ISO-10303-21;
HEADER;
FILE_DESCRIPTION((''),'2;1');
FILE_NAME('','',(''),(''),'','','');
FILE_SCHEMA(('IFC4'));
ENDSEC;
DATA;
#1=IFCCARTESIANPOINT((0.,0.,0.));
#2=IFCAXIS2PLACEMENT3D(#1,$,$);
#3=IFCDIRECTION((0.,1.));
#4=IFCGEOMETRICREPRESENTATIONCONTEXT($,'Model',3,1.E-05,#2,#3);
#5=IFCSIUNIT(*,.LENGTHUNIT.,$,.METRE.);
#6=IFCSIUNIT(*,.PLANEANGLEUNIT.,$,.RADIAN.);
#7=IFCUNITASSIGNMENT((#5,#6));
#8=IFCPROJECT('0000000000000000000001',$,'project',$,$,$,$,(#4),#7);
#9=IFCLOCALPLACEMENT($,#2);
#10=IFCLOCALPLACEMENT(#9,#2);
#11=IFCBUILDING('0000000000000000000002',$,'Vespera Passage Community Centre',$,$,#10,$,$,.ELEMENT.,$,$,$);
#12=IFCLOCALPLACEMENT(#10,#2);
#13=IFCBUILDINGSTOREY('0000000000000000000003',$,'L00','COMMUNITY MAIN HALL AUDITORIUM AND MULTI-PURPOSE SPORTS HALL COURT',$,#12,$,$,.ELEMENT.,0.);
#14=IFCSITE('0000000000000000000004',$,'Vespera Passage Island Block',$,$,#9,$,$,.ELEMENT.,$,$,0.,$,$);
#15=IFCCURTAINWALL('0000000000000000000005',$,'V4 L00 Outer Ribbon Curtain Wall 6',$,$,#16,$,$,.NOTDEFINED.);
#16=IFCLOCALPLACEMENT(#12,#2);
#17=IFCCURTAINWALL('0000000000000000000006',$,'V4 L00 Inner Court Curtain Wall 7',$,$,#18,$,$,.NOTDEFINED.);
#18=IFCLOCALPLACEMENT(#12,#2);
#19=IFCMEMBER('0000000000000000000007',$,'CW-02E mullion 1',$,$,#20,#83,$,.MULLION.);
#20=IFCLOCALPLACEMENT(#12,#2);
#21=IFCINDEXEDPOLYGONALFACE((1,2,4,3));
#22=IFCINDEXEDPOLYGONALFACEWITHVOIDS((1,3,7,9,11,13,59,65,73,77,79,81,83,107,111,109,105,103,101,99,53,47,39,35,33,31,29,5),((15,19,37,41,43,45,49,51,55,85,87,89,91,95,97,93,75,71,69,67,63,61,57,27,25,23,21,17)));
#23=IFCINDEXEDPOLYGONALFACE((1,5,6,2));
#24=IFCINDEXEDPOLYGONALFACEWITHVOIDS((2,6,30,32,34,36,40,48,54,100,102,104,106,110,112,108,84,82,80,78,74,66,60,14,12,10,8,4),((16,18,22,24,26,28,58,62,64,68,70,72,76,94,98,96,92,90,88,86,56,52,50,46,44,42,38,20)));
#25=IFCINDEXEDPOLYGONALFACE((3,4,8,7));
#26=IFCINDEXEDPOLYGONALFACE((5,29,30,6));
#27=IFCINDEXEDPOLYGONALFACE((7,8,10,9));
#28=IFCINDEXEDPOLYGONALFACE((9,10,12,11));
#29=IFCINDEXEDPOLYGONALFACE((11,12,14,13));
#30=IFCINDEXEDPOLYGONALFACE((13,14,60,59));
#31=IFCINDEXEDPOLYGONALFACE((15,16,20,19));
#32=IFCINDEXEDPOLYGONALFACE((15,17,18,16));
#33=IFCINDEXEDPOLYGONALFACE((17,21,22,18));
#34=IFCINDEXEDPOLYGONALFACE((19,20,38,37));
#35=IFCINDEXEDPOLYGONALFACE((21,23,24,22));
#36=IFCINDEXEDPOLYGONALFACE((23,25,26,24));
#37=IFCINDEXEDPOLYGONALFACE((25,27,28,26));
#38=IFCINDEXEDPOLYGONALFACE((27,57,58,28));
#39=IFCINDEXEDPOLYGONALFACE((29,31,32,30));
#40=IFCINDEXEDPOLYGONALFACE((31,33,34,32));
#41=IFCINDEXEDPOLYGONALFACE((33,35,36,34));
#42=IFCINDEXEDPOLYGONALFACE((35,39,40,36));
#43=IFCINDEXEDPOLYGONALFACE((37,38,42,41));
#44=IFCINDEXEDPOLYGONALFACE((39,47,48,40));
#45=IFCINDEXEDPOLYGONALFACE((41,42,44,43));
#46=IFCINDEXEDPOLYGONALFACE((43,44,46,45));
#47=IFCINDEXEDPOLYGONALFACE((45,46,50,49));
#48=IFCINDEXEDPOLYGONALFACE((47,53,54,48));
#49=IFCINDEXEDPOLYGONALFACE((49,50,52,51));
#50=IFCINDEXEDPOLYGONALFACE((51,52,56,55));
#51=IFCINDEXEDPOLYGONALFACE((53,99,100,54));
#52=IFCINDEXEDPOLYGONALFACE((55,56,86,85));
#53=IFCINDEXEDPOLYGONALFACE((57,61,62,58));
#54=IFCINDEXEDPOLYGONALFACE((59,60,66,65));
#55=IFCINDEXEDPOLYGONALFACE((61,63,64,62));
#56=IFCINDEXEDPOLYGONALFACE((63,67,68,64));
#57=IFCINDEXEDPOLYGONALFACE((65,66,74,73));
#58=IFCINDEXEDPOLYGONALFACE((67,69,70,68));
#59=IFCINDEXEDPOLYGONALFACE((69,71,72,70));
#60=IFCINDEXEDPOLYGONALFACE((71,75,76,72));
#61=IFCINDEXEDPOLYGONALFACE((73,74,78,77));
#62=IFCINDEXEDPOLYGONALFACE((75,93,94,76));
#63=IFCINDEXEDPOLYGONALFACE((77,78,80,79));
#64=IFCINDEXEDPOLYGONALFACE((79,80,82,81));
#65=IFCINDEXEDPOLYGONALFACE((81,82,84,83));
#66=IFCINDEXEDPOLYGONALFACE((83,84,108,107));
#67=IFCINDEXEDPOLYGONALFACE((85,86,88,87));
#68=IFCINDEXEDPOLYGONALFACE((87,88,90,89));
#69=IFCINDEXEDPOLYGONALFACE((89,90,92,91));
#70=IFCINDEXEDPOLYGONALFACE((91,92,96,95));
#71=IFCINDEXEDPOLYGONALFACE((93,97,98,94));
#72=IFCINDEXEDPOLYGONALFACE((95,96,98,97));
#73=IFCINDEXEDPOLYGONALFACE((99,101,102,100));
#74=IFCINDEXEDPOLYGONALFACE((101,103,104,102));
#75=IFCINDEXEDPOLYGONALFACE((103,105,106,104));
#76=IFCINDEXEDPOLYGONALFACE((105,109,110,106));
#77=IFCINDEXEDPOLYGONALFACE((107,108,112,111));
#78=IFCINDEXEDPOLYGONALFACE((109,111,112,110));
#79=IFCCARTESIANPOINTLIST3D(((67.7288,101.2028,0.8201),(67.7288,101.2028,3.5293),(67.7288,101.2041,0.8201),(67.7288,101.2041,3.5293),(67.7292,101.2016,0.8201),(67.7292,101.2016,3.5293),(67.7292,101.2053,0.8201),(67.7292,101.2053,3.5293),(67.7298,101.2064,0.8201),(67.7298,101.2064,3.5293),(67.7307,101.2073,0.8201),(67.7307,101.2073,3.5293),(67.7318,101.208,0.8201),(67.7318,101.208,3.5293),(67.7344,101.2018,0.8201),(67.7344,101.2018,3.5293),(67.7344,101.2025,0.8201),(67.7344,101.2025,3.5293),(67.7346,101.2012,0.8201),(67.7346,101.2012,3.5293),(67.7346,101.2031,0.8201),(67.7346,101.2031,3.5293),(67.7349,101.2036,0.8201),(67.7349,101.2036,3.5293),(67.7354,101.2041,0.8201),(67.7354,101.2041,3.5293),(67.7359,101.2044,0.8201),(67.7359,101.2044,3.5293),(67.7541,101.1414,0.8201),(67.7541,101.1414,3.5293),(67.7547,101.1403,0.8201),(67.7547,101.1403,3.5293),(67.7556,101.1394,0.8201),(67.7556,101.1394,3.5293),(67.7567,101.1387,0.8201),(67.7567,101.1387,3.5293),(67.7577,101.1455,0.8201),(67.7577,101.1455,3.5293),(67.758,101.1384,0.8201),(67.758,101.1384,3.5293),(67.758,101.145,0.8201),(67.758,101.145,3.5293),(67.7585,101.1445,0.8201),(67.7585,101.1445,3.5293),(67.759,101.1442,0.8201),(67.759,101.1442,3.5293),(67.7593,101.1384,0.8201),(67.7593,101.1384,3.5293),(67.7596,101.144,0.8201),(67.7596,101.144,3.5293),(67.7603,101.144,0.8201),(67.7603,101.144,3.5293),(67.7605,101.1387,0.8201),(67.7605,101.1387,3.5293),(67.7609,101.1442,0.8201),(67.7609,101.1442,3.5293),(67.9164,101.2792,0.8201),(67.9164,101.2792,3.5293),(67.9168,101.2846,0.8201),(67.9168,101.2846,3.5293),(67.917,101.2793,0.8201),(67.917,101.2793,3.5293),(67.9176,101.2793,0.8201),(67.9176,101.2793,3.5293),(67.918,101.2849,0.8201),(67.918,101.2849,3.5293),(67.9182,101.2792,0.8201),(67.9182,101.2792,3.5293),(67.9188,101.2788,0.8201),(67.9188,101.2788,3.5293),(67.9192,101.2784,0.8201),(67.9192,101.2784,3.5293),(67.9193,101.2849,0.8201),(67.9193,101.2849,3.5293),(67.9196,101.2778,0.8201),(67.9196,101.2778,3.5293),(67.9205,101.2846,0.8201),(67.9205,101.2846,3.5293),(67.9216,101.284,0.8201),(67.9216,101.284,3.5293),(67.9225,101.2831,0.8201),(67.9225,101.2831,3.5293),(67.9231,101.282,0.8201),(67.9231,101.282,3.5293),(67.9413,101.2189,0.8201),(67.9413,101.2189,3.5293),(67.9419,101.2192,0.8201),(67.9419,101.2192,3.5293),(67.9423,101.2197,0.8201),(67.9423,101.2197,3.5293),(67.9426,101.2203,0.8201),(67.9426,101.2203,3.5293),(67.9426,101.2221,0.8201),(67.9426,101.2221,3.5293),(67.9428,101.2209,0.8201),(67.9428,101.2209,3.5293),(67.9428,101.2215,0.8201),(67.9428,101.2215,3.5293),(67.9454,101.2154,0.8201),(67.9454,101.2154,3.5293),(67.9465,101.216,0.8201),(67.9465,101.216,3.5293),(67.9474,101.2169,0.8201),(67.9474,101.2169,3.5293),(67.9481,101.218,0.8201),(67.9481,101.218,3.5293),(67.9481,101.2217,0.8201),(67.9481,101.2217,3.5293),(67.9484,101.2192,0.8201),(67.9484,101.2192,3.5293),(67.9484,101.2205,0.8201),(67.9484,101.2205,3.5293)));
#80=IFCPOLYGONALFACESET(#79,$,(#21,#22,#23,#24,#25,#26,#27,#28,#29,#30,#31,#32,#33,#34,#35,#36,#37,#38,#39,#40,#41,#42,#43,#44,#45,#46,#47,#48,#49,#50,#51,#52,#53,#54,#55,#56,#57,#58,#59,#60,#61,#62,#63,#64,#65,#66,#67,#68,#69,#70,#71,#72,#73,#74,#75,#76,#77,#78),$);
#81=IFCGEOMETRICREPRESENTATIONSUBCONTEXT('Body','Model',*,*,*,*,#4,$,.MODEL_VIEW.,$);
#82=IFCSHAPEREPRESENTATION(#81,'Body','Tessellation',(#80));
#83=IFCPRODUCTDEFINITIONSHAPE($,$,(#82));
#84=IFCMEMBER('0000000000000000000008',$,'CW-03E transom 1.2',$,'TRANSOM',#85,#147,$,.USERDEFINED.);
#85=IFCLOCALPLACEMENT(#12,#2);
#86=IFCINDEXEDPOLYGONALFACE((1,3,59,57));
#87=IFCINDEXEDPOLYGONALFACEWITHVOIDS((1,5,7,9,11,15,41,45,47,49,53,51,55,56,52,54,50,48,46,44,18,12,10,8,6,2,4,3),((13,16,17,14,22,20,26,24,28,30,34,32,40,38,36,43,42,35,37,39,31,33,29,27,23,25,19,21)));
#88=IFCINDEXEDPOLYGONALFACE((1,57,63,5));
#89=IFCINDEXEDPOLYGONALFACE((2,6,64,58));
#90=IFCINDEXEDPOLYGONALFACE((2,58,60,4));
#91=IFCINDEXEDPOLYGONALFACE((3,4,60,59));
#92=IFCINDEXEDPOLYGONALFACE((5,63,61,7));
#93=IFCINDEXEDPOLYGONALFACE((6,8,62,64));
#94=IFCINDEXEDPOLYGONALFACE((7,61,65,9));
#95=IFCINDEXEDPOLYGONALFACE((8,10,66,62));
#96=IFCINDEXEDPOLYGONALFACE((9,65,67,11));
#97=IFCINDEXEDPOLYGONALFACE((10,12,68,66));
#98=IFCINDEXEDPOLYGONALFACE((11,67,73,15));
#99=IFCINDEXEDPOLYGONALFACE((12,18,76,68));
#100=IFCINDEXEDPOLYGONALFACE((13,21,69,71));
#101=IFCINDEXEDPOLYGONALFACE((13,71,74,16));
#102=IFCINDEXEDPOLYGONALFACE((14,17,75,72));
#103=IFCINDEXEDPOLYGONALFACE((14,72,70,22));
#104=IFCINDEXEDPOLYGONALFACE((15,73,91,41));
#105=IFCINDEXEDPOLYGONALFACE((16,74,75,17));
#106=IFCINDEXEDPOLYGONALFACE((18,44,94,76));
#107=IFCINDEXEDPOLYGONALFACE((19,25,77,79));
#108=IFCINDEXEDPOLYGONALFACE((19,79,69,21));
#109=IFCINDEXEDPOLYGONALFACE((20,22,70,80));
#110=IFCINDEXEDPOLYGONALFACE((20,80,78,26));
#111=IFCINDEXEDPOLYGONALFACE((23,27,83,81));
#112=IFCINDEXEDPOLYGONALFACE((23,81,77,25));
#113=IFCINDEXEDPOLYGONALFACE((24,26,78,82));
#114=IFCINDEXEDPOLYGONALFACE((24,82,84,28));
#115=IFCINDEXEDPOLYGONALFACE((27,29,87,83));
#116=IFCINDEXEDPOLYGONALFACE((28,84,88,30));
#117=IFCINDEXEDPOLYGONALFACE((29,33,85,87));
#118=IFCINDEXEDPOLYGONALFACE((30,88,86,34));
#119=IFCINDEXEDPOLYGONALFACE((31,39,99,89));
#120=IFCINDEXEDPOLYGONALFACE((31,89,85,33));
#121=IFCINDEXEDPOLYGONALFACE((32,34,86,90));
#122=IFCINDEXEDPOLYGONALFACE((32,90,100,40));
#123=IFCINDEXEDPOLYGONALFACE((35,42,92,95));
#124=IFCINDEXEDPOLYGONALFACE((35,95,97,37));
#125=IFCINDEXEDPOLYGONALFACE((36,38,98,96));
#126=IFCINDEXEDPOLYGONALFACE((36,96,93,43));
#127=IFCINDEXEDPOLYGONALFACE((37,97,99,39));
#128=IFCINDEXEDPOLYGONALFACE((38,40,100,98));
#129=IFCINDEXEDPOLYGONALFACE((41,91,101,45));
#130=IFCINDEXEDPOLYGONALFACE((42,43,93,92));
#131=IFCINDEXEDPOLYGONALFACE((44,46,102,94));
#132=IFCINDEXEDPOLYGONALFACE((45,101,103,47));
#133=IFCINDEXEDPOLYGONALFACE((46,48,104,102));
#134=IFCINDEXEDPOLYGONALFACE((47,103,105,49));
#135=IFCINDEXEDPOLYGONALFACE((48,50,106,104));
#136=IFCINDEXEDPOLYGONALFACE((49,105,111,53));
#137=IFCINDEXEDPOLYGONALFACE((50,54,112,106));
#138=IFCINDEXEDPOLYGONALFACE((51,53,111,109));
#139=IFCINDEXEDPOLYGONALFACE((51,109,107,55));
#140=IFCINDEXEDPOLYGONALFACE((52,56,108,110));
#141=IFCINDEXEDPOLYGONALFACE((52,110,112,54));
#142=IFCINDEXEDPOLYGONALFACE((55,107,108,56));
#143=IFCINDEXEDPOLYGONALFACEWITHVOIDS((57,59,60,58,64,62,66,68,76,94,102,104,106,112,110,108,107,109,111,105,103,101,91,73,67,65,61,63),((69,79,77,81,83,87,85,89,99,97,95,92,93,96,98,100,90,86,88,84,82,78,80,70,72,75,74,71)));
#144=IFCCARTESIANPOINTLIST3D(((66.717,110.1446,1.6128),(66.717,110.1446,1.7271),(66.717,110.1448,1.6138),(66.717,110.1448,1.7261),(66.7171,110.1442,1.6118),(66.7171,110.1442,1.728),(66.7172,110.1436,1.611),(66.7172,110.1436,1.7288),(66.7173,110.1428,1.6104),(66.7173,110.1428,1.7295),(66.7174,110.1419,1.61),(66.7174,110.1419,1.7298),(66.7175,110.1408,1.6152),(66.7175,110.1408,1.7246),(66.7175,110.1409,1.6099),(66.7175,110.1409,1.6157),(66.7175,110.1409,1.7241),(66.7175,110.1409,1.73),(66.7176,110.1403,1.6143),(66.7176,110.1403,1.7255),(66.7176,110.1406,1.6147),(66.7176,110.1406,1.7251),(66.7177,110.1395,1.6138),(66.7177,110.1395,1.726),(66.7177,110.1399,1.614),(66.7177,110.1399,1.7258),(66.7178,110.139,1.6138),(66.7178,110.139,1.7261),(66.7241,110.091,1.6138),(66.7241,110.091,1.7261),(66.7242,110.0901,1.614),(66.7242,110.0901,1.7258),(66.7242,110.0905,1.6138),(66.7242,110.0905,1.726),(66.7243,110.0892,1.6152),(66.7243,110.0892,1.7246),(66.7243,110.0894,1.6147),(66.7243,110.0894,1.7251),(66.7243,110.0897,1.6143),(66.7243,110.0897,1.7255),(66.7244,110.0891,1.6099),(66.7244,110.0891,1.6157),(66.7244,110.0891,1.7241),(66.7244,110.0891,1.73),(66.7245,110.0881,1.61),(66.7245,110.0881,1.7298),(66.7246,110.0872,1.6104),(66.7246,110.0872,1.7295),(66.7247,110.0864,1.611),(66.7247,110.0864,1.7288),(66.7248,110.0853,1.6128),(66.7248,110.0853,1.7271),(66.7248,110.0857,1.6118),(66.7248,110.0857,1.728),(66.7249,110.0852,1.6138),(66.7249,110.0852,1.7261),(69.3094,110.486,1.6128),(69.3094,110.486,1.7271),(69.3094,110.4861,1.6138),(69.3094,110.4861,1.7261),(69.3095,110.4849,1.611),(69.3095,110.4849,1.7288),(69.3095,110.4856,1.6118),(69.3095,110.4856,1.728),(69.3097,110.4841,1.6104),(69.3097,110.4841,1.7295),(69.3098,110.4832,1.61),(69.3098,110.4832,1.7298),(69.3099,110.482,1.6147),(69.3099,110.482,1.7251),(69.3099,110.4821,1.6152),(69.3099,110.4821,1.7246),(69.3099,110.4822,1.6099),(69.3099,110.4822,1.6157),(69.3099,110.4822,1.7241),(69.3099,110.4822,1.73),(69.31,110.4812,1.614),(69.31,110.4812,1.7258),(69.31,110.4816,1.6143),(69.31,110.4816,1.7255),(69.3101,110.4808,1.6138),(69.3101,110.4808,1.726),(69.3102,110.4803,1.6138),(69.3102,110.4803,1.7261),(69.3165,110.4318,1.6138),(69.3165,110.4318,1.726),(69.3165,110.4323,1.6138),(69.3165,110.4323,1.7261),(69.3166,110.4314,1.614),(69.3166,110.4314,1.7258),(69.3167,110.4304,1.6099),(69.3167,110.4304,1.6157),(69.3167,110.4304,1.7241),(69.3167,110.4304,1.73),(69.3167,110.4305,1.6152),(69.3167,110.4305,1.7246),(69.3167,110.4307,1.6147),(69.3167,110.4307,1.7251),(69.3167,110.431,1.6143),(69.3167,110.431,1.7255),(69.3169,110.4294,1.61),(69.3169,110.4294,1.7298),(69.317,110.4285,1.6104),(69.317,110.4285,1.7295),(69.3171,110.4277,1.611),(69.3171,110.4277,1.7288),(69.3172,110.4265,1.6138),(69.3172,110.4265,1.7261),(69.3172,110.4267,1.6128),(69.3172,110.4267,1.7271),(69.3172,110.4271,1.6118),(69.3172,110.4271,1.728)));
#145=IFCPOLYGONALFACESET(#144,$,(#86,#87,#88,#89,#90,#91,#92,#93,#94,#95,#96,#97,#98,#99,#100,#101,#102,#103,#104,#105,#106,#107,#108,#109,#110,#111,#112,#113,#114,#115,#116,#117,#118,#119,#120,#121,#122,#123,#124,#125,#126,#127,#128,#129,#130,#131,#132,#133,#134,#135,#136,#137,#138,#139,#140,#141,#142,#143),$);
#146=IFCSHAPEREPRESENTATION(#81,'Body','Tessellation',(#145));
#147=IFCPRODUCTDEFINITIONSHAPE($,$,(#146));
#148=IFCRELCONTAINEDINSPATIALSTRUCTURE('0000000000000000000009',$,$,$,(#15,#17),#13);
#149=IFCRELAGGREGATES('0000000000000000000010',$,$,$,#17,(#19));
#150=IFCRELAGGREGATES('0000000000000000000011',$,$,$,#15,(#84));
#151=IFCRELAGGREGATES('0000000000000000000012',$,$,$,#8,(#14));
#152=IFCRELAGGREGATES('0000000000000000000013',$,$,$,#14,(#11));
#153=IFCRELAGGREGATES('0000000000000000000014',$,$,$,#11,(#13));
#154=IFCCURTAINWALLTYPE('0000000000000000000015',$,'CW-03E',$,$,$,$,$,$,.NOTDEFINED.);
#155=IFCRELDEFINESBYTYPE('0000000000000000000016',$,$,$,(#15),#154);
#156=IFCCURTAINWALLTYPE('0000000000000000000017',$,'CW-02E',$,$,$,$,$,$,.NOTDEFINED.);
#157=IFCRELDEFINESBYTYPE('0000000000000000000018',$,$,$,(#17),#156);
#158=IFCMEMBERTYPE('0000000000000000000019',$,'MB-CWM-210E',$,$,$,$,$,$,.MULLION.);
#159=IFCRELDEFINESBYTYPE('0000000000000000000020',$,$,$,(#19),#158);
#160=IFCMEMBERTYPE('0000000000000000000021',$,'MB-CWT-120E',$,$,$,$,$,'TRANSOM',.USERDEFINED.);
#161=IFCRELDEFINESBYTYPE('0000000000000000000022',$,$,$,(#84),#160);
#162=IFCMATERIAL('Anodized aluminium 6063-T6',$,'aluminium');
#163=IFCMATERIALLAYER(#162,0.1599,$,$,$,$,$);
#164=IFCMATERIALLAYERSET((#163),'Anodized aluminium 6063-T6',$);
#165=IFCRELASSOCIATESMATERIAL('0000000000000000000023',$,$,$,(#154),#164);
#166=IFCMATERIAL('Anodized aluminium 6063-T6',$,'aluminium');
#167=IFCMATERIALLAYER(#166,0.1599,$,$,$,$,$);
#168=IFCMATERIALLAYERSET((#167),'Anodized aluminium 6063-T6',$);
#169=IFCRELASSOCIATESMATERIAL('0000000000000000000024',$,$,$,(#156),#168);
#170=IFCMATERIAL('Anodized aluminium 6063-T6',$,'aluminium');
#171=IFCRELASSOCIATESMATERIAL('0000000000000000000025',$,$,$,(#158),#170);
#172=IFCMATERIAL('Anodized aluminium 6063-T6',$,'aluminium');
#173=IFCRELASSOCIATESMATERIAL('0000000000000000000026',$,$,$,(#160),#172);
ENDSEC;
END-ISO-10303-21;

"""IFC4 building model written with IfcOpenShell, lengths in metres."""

from ifc_helpers import new_model, si_unit, direction, frame, origin, origin_2d, place, context, subcontext, project, spatial, hollow_rectangle, extrude, material, layer, layer_set, material_profile, profile_set, type_object, element, aggregate, save


model = new_model("IFC4")

# Units and contexts
model_context = context("Model", 3, precision=1e-05, world=origin(), true_north=direction((0.0, 1.0)))
body_context = subcontext(model_context, "Body", "Model", "MODEL_VIEW")
ifc_project = project(units=[si_unit("LENGTHUNIT", "METRE"), si_unit("PLANEANGLEUNIT", "RADIAN")], contexts=[model_context])

# Site, building, storey
site_placement = place(None, origin())
site = spatial("IfcSite", under=ifc_project, at=site_placement, Name="Vespera Passage Island Block", CompositionType="ELEMENT", RefElevation=0.0)
building_placement = place(site_placement, origin())
building = spatial("IfcBuilding", under=site, at=building_placement, Name="Vespera Passage Community Centre", CompositionType="ELEMENT")
storey_placement = place(building_placement, origin())
storey = spatial("IfcBuildingStorey", under=building, at=storey_placement, Name="L00", Description="COMMUNITY MAIN HALL AUDITORIUM AND MULTI-PURPOSE SPORTS HALL COURT", CompositionType="ELEMENT", Elevation=0.0)

# Curtain wall
ifc_material_1 = material(Name="Anodized aluminium 6063-T6", Category="aluminium")
ifc_layer_1 = layer(ifc_material_1, 0.1599)
ifc_layer_set_1 = layer_set([ifc_layer_1], Name="Anodized aluminium 6063-T6")
curtain_wall_type_1 = type_object("IfcCurtainWallType", Name="CW-03E", PredefinedType="NOTDEFINED", material=ifc_layer_set_1)
curtain_wall_1_placement = place(storey_placement, origin())
curtain_wall_1 = element("IfcCurtainWall", 1, at=curtain_wall_1_placement, inside=storey, type_object=curtain_wall_type_1, Name="V4 L00 Outer Ribbon Curtain Wall 6", PredefinedType="NOTDEFINED")

# Curtain wall, member
ifc_material_2 = material(Name="Anodized aluminium 6063-T6", Category="aluminium")
ifc_layer_2 = layer(ifc_material_2, 0.1599)
ifc_layer_set_2 = layer_set([ifc_layer_2], Name="Anodized aluminium 6063-T6")
curtain_wall_type_2 = type_object("IfcCurtainWallType", Name="CW-02E", PredefinedType="NOTDEFINED", material=ifc_layer_set_2)
curtain_wall_2_placement = place(storey_placement, origin())
curtain_wall_2 = element("IfcCurtainWall", 2, at=curtain_wall_2_placement, inside=storey, type_object=curtain_wall_type_2, Name="V4 L00 Inner Court Curtain Wall 7", PredefinedType="NOTDEFINED")
ifc_material_3 = material(Name="Anodized aluminium 6063-T6", Category="aluminium")
ifc_material_profile_1 = material_profile(ifc_material_3, hollow_rectangle(XDim=0.075, YDim=0.21, WallThickness=0.0049, InnerFilletRadius=0.0024, OuterFilletRadius=0.0049, at=origin_2d()), Name="ALU210X75X5")
ifc_profile_set_1 = profile_set([ifc_material_profile_1], Name="Anodized aluminium 6063-T6")
member_type_1 = type_object("IfcMemberType", Name="MB-CWM-210E", PredefinedType="MULLION", material=ifc_profile_set_1)
member_1_placement = place(storey_placement, frame((67.8386, 101.2117, 0.8201), z_axis=(0.0, 0.0, 1.0), x_axis=(0.38269, -0.923877, 0.0)))
member_1 = element("IfcMember", 3, at=member_1_placement, type_object=member_type_1, Name="CW-02E mullion 1", PredefinedType="MULLION", context=body_context, shape_type="SweptSolid", body=[
    extrude(hollow_rectangle(XDim=0.075, YDim=0.21, WallThickness=0.0049, InnerFilletRadius=0.0024, OuterFilletRadius=0.0049, at=origin_2d()), origin(), (0.0, 0.0, 1.0), 2.7092),
])

# Member
ifc_material_4 = material(Name="Anodized aluminium 6063-T6", Category="aluminium")
ifc_material_profile_2 = material_profile(ifc_material_4, hollow_rectangle(XDim=0.0601, YDim=0.1201, WallThickness=0.0039, InnerFilletRadius=0.002, OuterFilletRadius=0.0039, at=origin_2d()), Name="ALU120X60X4")
ifc_profile_set_2 = profile_set([ifc_material_profile_2], Name="Anodized aluminium 6063-T6")
member_type_2 = type_object("IfcMemberType", Name="MB-CWT-120E", ElementType="TRANSOM", PredefinedType="USERDEFINED", material=ifc_profile_set_2)
member_2_placement = place(storey_placement, frame((66.7209, 110.115, 1.6699), z_axis=(0.991443, 0.130537, 0.0), x_axis=(-0.130537, 0.991443, 0.0)))
member_2 = element("IfcMember", 4, at=member_2_placement, type_object=member_type_2, Name="CW-03E transom 1.2", ObjectType="TRANSOM", PredefinedType="USERDEFINED", context=body_context, shape_type="SweptSolid", body=[
    extrude(hollow_rectangle(XDim=0.0601, YDim=0.1201, WallThickness=0.0039, InnerFilletRadius=0.002, OuterFilletRadius=0.0039, at=origin_2d()), origin(), (0.0, 0.0, 1.0), 2.6147),
])
aggregate(curtain_wall_2, [member_1])

aggregate(curtain_wall_1, [member_2])

save(model, "model.ifc")
